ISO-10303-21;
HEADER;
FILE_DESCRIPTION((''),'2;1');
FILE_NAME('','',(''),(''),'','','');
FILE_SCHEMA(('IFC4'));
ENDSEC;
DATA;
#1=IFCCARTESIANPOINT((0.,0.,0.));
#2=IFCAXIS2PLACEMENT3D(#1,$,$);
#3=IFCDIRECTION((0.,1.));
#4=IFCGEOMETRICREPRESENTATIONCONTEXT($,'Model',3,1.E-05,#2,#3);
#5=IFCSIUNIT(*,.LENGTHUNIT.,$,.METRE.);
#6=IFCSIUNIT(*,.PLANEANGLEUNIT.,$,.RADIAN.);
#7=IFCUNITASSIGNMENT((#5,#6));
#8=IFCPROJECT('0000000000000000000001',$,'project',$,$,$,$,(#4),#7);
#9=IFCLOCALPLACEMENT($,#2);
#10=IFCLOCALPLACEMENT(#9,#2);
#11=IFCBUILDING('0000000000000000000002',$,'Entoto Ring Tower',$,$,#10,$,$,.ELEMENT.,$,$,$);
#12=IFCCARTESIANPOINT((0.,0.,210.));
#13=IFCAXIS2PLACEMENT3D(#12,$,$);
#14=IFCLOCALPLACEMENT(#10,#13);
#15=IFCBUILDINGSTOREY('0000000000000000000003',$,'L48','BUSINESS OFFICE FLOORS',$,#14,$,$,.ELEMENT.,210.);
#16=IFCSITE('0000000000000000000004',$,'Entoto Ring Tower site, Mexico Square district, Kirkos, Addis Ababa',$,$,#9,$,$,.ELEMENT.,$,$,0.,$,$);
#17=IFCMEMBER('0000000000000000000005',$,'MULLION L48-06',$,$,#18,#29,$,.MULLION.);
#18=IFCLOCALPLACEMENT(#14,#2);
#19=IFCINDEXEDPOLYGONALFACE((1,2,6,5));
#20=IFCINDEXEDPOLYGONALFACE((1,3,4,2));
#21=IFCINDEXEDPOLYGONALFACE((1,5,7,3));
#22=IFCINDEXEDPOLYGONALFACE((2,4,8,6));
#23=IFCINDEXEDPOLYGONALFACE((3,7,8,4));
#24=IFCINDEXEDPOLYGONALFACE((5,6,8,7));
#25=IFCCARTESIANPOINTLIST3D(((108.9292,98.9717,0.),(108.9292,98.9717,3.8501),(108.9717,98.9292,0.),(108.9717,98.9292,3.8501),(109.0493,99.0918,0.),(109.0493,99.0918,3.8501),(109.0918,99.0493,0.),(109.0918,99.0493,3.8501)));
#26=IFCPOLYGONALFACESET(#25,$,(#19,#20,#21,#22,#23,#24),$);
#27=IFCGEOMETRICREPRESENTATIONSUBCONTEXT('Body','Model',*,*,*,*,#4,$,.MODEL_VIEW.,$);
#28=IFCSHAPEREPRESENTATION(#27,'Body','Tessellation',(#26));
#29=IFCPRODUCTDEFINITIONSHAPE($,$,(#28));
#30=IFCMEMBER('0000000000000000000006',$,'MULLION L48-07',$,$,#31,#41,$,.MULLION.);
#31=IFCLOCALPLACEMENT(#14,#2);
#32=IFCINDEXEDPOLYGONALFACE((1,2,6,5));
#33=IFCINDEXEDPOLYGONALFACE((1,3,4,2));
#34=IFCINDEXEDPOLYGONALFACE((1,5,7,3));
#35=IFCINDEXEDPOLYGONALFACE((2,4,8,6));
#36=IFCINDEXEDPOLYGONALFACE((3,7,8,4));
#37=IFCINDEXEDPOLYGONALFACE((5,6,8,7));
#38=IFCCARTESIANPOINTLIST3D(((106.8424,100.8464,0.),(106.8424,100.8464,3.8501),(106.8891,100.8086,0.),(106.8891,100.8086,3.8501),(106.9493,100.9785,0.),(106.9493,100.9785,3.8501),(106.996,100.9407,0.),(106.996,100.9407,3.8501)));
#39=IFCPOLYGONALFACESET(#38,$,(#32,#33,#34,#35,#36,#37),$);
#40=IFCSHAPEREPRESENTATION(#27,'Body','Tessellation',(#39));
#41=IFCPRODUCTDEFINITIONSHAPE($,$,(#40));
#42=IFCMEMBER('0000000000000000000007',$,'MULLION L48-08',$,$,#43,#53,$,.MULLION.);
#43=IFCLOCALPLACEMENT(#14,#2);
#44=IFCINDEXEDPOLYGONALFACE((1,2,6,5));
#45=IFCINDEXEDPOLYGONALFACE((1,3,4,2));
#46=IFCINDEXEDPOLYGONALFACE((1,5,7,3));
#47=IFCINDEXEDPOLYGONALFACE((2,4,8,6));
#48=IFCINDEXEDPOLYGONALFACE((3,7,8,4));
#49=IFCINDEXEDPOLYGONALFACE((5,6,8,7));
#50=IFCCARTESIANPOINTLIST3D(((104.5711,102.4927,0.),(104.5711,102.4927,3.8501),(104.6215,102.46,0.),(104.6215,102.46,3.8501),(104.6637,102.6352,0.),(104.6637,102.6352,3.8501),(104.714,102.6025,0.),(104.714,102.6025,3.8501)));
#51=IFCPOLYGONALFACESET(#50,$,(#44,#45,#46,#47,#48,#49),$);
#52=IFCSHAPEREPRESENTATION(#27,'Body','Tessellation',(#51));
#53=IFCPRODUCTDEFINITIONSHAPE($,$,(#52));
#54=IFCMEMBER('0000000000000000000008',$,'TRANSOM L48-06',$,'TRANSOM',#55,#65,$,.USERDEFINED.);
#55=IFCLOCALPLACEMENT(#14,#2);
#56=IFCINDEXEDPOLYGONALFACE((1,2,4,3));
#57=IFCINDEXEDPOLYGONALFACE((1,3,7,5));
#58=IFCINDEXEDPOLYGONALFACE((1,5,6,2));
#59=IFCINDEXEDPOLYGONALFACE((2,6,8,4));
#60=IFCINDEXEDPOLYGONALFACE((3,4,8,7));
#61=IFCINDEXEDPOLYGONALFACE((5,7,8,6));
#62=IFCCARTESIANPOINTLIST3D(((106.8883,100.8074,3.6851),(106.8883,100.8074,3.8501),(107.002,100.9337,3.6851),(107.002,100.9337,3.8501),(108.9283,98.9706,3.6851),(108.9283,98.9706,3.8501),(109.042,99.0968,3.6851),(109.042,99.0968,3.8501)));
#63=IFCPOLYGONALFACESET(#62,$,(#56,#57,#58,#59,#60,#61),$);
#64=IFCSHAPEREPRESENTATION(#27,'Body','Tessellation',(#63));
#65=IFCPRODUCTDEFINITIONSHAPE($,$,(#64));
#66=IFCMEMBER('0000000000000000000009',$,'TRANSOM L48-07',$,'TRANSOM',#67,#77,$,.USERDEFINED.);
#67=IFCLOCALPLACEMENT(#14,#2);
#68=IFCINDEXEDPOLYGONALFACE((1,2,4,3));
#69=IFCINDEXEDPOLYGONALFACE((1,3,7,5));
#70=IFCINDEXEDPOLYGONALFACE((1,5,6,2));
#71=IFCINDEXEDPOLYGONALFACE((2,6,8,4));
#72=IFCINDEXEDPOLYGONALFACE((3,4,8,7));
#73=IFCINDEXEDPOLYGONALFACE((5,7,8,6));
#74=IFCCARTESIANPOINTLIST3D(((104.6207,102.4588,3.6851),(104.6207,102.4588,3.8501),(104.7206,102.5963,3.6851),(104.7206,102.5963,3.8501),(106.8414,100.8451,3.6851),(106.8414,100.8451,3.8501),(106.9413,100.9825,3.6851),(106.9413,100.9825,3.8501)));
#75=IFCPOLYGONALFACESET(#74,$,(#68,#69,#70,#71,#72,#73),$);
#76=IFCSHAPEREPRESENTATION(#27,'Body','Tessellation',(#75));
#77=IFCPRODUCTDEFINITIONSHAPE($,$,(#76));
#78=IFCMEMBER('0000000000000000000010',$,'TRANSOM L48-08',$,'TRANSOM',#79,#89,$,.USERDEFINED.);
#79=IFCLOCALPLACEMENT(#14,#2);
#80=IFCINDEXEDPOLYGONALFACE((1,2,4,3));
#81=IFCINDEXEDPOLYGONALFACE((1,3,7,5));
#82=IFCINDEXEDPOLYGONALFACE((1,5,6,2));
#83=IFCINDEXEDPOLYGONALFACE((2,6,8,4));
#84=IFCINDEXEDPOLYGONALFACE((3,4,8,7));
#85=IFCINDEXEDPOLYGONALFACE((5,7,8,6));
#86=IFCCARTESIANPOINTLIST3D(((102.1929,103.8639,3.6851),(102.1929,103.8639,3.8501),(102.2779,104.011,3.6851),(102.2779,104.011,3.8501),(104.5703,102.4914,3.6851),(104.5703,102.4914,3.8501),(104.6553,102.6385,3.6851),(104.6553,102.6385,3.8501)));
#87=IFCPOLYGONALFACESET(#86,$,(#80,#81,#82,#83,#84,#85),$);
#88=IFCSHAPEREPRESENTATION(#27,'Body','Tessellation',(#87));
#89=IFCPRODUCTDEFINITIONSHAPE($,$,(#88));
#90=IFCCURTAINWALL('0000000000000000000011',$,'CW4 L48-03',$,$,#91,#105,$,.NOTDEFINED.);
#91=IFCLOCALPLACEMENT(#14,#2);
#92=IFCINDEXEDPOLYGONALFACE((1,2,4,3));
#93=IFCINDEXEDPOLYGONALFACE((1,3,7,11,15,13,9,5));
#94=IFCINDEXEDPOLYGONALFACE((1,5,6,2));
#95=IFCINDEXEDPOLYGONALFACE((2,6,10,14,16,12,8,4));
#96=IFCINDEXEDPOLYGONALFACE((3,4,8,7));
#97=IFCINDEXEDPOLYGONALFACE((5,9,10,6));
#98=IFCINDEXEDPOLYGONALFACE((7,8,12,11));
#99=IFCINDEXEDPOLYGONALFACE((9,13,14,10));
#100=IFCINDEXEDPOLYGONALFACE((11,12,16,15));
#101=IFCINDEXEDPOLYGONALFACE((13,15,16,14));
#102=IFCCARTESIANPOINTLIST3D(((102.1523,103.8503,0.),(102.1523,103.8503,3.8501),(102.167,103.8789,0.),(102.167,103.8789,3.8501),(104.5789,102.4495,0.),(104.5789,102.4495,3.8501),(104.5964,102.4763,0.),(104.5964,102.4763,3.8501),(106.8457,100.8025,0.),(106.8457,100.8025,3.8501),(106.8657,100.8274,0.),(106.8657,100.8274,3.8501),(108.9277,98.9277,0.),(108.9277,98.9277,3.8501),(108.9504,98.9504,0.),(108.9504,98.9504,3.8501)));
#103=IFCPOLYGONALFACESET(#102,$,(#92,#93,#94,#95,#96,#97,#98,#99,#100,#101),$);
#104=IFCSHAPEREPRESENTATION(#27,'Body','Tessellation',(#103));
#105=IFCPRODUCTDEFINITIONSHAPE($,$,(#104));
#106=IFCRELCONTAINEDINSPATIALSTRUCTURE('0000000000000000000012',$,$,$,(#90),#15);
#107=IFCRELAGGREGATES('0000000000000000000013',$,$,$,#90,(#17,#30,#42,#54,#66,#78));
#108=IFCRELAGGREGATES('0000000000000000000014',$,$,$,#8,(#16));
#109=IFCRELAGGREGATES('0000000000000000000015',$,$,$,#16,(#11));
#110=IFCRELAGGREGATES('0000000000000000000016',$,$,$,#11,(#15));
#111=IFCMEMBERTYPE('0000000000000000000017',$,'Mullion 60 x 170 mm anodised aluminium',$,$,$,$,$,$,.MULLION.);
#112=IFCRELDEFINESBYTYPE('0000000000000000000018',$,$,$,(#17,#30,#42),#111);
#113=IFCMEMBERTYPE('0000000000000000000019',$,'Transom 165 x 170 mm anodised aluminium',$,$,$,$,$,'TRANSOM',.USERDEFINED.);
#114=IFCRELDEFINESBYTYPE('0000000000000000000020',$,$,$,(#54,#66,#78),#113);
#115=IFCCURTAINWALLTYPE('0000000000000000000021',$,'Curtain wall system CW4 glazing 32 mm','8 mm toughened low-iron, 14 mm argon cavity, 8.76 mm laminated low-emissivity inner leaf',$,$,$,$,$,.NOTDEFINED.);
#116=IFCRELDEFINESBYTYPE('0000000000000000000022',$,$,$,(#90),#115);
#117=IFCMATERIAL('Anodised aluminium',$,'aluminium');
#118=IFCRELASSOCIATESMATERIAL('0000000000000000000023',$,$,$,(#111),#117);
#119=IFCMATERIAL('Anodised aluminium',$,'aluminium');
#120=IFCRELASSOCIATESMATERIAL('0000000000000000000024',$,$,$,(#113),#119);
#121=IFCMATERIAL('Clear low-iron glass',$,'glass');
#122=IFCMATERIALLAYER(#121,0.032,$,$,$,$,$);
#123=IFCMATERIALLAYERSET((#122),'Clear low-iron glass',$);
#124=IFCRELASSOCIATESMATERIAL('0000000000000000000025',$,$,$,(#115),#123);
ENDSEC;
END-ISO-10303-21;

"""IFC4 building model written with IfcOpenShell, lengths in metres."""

from ifc_helpers import new_model, si_unit, direction, frame, origin, origin_2d, place, context, subcontext, project, spatial, polyline, rectangle, outline, extrude, material, layer, layer_set, material_profile, profile_set, type_object, element, aggregate, save


model = new_model("IFC4")

# Units and contexts
model_context = context("Model", 3, precision=1e-05, world=origin(), true_north=direction((0.0, 1.0)))
body_context = subcontext(model_context, "Body", "Model", "MODEL_VIEW")
ifc_project = project(units=[si_unit("LENGTHUNIT", "METRE"), si_unit("PLANEANGLEUNIT", "RADIAN")], contexts=[model_context])

# Members
ifc_material_1 = material(Name="Anodised aluminium", Category="aluminium")
ifc_material_profile_1 = material_profile(ifc_material_1, rectangle(XDim=0.0601, YDim=0.1699, at=origin_2d()), Name="Mullion 60 x 170 mm anodised aluminium")
ifc_profile_set_1 = profile_set([ifc_material_profile_1], Name="Anodised aluminium")
member_type_1 = type_object("IfcMemberType", Name="Mullion 60 x 170 mm anodised aluminium", PredefinedType="MULLION", material=ifc_profile_set_1)
site_placement = place(None, origin())
building_placement = place(site_placement, origin())
storey_placement = place(building_placement, frame((0.0, 0.0, 210.0)))
member_1_placement = place(storey_placement, frame((109.0105, 99.0105, 0.0), z_axis=(0.0, 0.0, 1.0), x_axis=(-0.707107, 0.707107, 0.0)))
member_1 = element("IfcMember", 1, at=member_1_placement, type_object=member_type_1, Name="MULLION L48-06", PredefinedType="MULLION", context=body_context, shape_type="SweptSolid", body=[
    extrude(rectangle(XDim=0.0601, YDim=0.1699, at=origin_2d()), origin(), (0.0, 0.0, 1.0), 3.8501),
])
member_2_placement = place(storey_placement, frame((106.9192, 100.8936, 0.0), z_axis=(0.0, 0.0, 1.0), x_axis=(-0.777146, 0.62932, 0.0)))
member_2 = element("IfcMember", 2, at=member_2_placement, type_object=member_type_1, Name="MULLION L48-07", PredefinedType="MULLION", context=body_context, shape_type="SweptSolid", body=[
    extrude(rectangle(XDim=0.0601, YDim=0.1699, at=origin_2d()), origin(), (0.0, 0.0, 1.0), 3.8501),
])
member_3_placement = place(storey_placement, frame((104.6426, 102.5476, 0.0), z_axis=(0.0, 0.0, 1.0), x_axis=(-0.838671, 0.544639, 0.0)))
member_3 = element("IfcMember", 3, at=member_3_placement, type_object=member_type_1, Name="MULLION L48-08", PredefinedType="MULLION", context=body_context, shape_type="SweptSolid", body=[
    extrude(rectangle(XDim=0.0601, YDim=0.1699, at=origin_2d()), origin(), (0.0, 0.0, 1.0), 3.8501),
])
ifc_material_2 = material(Name="Anodised aluminium", Category="aluminium")
ifc_material_profile_2 = material_profile(ifc_material_2, rectangle(XDim=0.1699, YDim=0.165, at=origin_2d()), Name="Transom 165 x 170 mm anodised aluminium")
ifc_profile_set_2 = profile_set([ifc_material_profile_2], Name="Anodised aluminium")
member_type_2 = type_object("IfcMemberType", Name="Transom 165 x 170 mm anodised aluminium", ElementType="TRANSOM", PredefinedType="USERDEFINED", material=ifc_profile_set_2)
member_4_placement = place(storey_placement, frame((108.9851, 99.0337, 3.7676), z_axis=(-0.743135, 0.669142, 0.0), x_axis=(-0.669142, -0.743135, 0.0)))
member_4 = element("IfcMember", 4, at=member_4_placement, type_object=member_type_2, Name="TRANSOM L48-06", ObjectType="TRANSOM", PredefinedType="USERDEFINED", context=body_context, shape_type="SweptSolid", body=[
    extrude(rectangle(XDim=0.1699, YDim=0.165, at=origin_2d()), origin(), (0.0, 0.0, 1.0), 2.7451),
])
member_5_placement = place(storey_placement, frame((106.8914, 100.9138, 3.7676), z_axis=(-0.808959, 0.587865, 0.0), x_axis=(-0.587865, -0.808959, 0.0)))
member_5 = element("IfcMember", 5, at=member_5_placement, type_object=member_type_2, Name="TRANSOM L48-07", ObjectType="TRANSOM", PredefinedType="USERDEFINED", context=body_context, shape_type="SweptSolid", body=[
    extrude(rectangle(XDim=0.1699, YDim=0.165, at=origin_2d()), origin(), (0.0, 0.0, 1.0), 2.7451),
])
member_6_placement = place(storey_placement, frame((104.6128, 102.5649, 3.7676), z_axis=(-0.866035, 0.499984, 0.0), x_axis=(-0.499984, -0.866035, 0.0)))
member_6 = element("IfcMember", 6, at=member_6_placement, type_object=member_type_2, Name="TRANSOM L48-08", ObjectType="TRANSOM", PredefinedType="USERDEFINED", context=body_context, shape_type="SweptSolid", body=[
    extrude(rectangle(XDim=0.1699, YDim=0.165, at=origin_2d()), origin(), (0.0, 0.0, 1.0), 2.7451),
])

# Site, building, storey
site = spatial("IfcSite", under=ifc_project, at=site_placement, Name="Entoto Ring Tower site, Mexico Square district, Kirkos, Addis Ababa", CompositionType="ELEMENT", RefElevation=0.0)
building = spatial("IfcBuilding", under=site, at=building_placement, Name="Entoto Ring Tower", CompositionType="ELEMENT")
storey = spatial("IfcBuildingStorey", under=building, at=storey_placement, Name="L48", Description="BUSINESS OFFICE FLOORS", CompositionType="ELEMENT", Elevation=210.0)

# Curtain wall
ifc_material_3 = material(Name="Clear low-iron glass", Category="glass")
ifc_layer_1 = layer(ifc_material_3, 0.032)
ifc_layer_set_1 = layer_set([ifc_layer_1], Name="Clear low-iron glass")
curtain_wall_type = type_object("IfcCurtainWallType", Name="Curtain wall system CW4 glazing 32 mm", Description="8 mm toughened low-iron, 14 mm argon cavity, 8.76 mm laminated low-emissivity inner leaf", PredefinedType="NOTDEFINED", material=ifc_layer_set_1)
curtain_wall_1_placement = place(storey_placement, origin())
curtain_wall_1 = element("IfcCurtainWall", 7, at=curtain_wall_1_placement, inside=storey, type_object=curtain_wall_type, Name="CW4 L48-03", PredefinedType="NOTDEFINED", context=body_context, shape_type="SweptSolid", body=[
    extrude(outline(polyline([(108.9504, 98.9504), (106.8657, 100.8274), (104.5964, 102.4763), (102.167, 103.8789), (102.1523, 103.8503), (104.5789, 102.4495), (106.8457, 100.8025), (108.9277, 98.9277), (108.9504, 98.9504)])), origin(), (0.0, 0.0, 1.0), 3.8501),
])
aggregate(curtain_wall_1, [member_1, member_2, member_3, member_4, member_5, member_6])

save(model, "model.ifc")
